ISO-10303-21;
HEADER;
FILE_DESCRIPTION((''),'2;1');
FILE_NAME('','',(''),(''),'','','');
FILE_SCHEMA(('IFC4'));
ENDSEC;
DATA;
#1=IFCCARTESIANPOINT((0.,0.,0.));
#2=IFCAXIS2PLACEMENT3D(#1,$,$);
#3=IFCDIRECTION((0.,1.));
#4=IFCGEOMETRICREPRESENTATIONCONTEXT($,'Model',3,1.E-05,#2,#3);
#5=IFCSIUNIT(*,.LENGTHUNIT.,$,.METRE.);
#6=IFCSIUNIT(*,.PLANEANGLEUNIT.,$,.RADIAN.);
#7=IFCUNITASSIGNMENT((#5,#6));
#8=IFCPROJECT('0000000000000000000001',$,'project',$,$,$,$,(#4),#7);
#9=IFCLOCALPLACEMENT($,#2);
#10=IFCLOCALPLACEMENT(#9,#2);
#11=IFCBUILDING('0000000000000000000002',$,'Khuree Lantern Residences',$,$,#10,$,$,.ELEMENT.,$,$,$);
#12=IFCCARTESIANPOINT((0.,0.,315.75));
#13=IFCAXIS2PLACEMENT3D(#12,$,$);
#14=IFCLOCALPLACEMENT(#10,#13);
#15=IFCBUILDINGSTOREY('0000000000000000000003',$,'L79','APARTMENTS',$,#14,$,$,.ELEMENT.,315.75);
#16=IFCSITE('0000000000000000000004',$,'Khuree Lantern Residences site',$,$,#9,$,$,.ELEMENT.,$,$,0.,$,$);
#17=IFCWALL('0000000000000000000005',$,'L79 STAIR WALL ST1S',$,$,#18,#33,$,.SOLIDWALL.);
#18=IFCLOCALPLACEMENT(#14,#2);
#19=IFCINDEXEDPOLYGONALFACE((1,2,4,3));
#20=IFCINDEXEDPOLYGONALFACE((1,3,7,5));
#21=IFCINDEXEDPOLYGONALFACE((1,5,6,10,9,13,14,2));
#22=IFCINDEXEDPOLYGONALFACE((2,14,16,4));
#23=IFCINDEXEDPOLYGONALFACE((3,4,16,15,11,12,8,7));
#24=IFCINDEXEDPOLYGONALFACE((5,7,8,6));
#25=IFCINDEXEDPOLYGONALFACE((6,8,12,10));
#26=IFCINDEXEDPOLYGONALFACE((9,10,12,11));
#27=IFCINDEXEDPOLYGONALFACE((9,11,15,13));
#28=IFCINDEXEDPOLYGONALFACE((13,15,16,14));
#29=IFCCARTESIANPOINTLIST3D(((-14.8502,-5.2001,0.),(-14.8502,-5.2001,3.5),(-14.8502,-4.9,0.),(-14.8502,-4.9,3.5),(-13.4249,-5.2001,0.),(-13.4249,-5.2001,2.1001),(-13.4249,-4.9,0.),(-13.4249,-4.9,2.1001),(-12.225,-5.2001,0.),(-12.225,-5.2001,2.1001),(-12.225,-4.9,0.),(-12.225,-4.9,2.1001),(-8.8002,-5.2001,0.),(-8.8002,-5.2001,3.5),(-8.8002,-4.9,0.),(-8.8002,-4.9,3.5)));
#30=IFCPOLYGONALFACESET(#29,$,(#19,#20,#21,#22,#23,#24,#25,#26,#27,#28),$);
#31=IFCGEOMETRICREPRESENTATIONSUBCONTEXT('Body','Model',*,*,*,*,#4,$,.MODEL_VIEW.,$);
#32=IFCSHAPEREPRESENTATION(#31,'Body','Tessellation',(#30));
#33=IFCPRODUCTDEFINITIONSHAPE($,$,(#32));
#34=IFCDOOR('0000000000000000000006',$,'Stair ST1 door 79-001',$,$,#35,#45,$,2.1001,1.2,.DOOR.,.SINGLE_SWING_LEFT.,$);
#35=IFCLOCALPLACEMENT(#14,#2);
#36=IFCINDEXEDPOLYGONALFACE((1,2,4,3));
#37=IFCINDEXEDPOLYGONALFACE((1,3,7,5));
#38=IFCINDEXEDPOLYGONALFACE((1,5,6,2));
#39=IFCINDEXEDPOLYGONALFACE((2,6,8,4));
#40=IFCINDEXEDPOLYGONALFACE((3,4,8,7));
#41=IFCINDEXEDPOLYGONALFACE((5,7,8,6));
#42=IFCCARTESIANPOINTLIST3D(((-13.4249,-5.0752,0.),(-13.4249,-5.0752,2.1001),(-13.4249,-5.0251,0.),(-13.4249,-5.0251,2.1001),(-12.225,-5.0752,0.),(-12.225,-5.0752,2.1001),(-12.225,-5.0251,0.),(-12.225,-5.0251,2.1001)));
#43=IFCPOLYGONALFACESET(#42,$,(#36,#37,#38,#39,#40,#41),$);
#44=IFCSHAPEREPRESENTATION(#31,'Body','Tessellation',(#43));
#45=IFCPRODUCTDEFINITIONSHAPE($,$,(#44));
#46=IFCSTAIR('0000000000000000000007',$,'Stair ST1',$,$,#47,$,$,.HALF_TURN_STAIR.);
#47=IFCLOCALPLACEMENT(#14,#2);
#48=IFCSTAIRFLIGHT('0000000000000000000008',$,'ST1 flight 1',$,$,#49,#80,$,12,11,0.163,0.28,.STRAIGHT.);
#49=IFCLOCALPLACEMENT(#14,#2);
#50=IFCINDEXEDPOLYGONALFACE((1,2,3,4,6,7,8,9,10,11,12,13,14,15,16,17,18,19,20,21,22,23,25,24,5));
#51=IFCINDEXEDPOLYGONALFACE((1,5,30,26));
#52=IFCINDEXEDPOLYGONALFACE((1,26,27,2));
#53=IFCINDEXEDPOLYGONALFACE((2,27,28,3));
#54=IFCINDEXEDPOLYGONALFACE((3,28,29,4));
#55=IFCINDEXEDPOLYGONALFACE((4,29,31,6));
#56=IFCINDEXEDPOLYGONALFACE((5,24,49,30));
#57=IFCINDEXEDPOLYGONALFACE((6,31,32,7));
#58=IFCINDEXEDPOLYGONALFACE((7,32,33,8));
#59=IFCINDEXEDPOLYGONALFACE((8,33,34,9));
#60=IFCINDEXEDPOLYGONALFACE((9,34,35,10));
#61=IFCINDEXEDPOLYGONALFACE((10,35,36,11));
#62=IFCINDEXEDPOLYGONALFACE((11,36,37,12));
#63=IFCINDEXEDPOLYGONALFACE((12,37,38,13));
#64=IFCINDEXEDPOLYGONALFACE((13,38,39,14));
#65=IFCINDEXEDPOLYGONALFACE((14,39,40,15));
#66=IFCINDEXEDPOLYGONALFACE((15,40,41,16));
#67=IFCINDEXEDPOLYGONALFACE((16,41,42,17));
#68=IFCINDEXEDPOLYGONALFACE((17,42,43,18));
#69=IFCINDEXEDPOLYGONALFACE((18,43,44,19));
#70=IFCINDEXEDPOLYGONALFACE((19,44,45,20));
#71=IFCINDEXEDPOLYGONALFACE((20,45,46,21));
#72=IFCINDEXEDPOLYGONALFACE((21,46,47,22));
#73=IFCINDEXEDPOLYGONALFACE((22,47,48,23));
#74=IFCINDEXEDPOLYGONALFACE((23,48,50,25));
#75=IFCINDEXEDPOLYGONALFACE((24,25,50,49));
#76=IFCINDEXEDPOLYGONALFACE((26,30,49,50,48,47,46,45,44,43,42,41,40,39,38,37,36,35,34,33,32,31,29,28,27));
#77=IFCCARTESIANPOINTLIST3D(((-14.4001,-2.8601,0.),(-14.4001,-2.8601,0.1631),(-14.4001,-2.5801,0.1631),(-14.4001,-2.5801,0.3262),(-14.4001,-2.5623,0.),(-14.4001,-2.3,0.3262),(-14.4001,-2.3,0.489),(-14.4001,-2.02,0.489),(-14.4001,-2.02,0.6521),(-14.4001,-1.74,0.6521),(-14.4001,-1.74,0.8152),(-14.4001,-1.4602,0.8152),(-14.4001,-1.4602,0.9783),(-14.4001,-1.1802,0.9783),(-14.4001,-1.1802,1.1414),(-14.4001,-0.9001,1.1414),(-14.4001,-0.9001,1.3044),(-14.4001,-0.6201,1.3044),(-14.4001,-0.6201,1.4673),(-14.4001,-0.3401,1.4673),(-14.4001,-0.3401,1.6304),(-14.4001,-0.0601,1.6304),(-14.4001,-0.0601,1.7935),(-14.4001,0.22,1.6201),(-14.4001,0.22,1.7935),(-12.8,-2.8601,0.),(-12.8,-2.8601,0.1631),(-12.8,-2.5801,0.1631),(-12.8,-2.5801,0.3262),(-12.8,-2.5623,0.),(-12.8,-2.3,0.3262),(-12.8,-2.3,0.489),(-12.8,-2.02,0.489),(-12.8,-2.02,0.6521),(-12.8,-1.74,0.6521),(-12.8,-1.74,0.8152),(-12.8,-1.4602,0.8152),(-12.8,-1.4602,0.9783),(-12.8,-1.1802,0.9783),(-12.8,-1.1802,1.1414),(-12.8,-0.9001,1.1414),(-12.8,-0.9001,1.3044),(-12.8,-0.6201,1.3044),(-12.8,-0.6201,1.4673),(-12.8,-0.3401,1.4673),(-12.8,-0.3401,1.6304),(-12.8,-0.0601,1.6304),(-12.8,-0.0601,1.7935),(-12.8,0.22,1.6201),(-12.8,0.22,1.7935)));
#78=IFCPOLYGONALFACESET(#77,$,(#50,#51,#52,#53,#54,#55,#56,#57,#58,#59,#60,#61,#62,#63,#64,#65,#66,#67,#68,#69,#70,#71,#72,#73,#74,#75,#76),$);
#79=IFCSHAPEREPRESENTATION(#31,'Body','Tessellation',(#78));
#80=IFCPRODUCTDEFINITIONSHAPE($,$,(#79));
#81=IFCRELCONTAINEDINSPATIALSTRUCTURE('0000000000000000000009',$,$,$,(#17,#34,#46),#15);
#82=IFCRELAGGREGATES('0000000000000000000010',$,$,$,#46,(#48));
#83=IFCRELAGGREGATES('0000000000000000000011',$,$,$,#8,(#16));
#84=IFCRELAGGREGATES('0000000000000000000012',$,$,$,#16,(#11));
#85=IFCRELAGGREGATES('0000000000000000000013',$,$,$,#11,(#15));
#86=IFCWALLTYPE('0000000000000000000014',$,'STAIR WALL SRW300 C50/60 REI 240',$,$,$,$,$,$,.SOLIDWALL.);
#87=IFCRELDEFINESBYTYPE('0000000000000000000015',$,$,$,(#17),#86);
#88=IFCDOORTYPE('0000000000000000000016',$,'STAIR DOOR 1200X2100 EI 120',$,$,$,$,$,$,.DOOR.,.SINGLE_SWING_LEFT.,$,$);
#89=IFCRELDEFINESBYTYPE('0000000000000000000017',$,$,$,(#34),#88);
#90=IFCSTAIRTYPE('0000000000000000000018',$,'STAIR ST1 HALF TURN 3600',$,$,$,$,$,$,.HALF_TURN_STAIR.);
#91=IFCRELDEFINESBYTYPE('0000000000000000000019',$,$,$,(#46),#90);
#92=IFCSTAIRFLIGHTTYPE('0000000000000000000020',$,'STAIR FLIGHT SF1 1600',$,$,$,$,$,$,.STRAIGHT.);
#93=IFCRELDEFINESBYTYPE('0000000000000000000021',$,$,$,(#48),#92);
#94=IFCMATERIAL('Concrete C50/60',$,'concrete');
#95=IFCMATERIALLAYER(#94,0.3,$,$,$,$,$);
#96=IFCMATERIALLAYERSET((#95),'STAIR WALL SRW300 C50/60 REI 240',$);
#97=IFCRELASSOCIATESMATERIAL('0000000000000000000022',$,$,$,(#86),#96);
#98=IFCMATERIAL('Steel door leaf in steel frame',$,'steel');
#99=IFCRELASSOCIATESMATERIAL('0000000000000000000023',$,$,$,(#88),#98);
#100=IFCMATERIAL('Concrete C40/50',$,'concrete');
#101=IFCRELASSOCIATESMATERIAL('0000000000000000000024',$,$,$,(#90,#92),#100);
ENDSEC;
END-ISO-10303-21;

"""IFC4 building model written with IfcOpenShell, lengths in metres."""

from ifc_helpers import new_model, si_unit, direction, frame, frame_2d, origin, place, context, subcontext, project, spatial, polyline, rectangle, outline, extrude, material, layer, layer_set, type_object, element, fill, aggregate, save


model = new_model("IFC4")

# Units and contexts
model_context = context("Model", 3, precision=1e-05, world=origin(), true_north=direction((0.0, 1.0)))
body_context = subcontext(model_context, "Body", "Model", "MODEL_VIEW")
ifc_project = project(units=[si_unit("LENGTHUNIT", "METRE"), si_unit("PLANEANGLEUNIT", "RADIAN")], contexts=[model_context])

# Site, building, storey
site_placement = place(None, origin())
site = spatial("IfcSite", under=ifc_project, at=site_placement, Name="Khuree Lantern Residences site", CompositionType="ELEMENT", RefElevation=0.0)
building_placement = place(site_placement, origin())
building = spatial("IfcBuilding", under=site, at=building_placement, Name="Khuree Lantern Residences", CompositionType="ELEMENT")
storey_placement = place(building_placement, frame((0.0, 0.0, 315.75)))
storey = spatial("IfcBuildingStorey", under=building, at=storey_placement, Name="L79", Description="APARTMENTS", CompositionType="ELEMENT", Elevation=315.75)

# Shared definitions
ifc_material_1 = material(Name="Concrete C50/60", Category="concrete")

# Shared definitions
ifc_material_2 = material(Name="Steel door leaf in steel frame", Category="steel")

# Shared definitions
ifc_layer_1 = layer(ifc_material_1, 0.3)
ifc_layer_set_1 = layer_set([ifc_layer_1], Name="STAIR WALL SRW300 C50/60 REI 240")
wall_type_1 = type_object("IfcWallType", Name="STAIR WALL SRW300 C50/60 REI 240", PredefinedType="SOLIDWALL", material=ifc_layer_set_1)

# Wall, opening, door
wall_1_placement = place(storey_placement, frame((-14.8501, -5.05, 0.0), z_axis=(0.0, 0.0, 1.0), x_axis=(1.0, 0.0, 0.0)))
wall_1 = element("IfcWall", 1, at=wall_1_placement, inside=storey, type_object=wall_type_1, Name="L79 STAIR WALL ST1S", PredefinedType="SOLIDWALL", context=body_context, shape_type="SweptSolid", body=[
    extrude(rectangle(XDim=6.05, YDim=0.3, at=frame_2d((3.0249, 0.0))), origin(), (0.0, 0.0, 1.0), 3.5),
])
opening_1_placement = place(wall_1_placement, frame((1.425, 0.0, 0.0)))
opening_1 = element("IfcOpeningElement", 2, at=opening_1_placement, cuts=wall_1, PredefinedType="OPENING", context=body_context, shape_type="SweptSolid", body=[
    extrude(rectangle(XDim=1.2, YDim=2.1001, at=frame_2d((0.6001, 1.05))), frame((0.0, 0.1602, 0.0), z_axis=(0.0, -1.0, 0.0), x_axis=(1.0, 0.0, 0.0)), (0.0, 0.0, 1.0), 0.3201),
])
door_type_1 = type_object("IfcDoorType", Name="STAIR DOOR 1200X2100 EI 120", OperationType="SINGLE_SWING_LEFT", PredefinedType="DOOR", material=ifc_material_2)
door_1_placement = place(opening_1_placement, origin())
door_1 = element("IfcDoor", 3, at=door_1_placement, inside=storey, type_object=door_type_1, Name="Stair ST1 door 79-001", OperationType="SINGLE_SWING_LEFT", OverallHeight=2.1001, OverallWidth=1.2, PredefinedType="DOOR", context=body_context, shape_type="SweptSolid", body=[
    extrude(rectangle(XDim=1.2, YDim=2.1001, at=frame_2d((0.6001, 1.05))), frame((0.0, 0.0249, 0.0), z_axis=(0.0, -1.0, 0.0), x_axis=(1.0, 0.0, 0.0)), (0.0, 0.0, 1.0), 0.05),
])
fill(opening_1, door_1)

# Stair, stair flight
ifc_material_3 = material(Name="Concrete C40/50", Category="concrete")
stair_type = type_object("IfcStairType", Name="STAIR ST1 HALF TURN 3600", PredefinedType="HALF_TURN_STAIR", material=ifc_material_3)
stair_placement = place(storey_placement, origin())
stair = element("IfcStair", 4, at=stair_placement, inside=storey, type_object=stair_type, Name="Stair ST1", PredefinedType="HALF_TURN_STAIR")
stair_flight_type = type_object("IfcStairFlightType", Name="STAIR FLIGHT SF1 1600", PredefinedType="STRAIGHT", material=ifc_material_3)
stair_flight_placement = place(storey_placement, frame((-13.6001, -2.8601, 0.0), z_axis=(0.0, 0.0, 1.0), x_axis=(0.0, 1.0, 0.0)))
stair_flight = element("IfcStairFlight", 5, at=stair_flight_placement, type_object=stair_flight_type, Name="ST1 flight 1", NumberOfRisers=12, NumberOfTreads=11, PredefinedType="STRAIGHT", RiserHeight=0.163, TreadLength=0.28, context=body_context, shape_type="SweptSolid", body=[
    extrude(outline(polyline([(0.0, 0.0), (0.0, 0.1631), (0.28, 0.1631), (0.28, 0.3262), (0.5601, 0.3262), (0.5601, 0.489), (0.8401, 0.489), (0.8401, 0.6521), (1.1201, 0.6521), (1.1201, 0.8152), (1.3999, 0.8152), (1.3999, 0.9783), (1.6799, 0.9783), (1.6799, 1.1414), (1.96, 1.1414), (1.96, 1.3044), (2.24, 1.3044), (2.24, 1.4673), (2.52, 1.4673), (2.52, 1.6304), (2.8, 1.6304), (2.8, 1.7935), (3.0801, 1.7935), (3.0801, 1.9565), (3.0801, 1.6201), (0.2979, 0.0), (0.0, 0.0)])), frame((0.0, 0.8, 0.0), z_axis=(0.0, -1.0, 0.0), x_axis=(1.0, 0.0, 0.0)), (0.0, 0.0, 1.0), 1.6001),
])
aggregate(stair, [stair_flight])

save(model, "model.ifc")
